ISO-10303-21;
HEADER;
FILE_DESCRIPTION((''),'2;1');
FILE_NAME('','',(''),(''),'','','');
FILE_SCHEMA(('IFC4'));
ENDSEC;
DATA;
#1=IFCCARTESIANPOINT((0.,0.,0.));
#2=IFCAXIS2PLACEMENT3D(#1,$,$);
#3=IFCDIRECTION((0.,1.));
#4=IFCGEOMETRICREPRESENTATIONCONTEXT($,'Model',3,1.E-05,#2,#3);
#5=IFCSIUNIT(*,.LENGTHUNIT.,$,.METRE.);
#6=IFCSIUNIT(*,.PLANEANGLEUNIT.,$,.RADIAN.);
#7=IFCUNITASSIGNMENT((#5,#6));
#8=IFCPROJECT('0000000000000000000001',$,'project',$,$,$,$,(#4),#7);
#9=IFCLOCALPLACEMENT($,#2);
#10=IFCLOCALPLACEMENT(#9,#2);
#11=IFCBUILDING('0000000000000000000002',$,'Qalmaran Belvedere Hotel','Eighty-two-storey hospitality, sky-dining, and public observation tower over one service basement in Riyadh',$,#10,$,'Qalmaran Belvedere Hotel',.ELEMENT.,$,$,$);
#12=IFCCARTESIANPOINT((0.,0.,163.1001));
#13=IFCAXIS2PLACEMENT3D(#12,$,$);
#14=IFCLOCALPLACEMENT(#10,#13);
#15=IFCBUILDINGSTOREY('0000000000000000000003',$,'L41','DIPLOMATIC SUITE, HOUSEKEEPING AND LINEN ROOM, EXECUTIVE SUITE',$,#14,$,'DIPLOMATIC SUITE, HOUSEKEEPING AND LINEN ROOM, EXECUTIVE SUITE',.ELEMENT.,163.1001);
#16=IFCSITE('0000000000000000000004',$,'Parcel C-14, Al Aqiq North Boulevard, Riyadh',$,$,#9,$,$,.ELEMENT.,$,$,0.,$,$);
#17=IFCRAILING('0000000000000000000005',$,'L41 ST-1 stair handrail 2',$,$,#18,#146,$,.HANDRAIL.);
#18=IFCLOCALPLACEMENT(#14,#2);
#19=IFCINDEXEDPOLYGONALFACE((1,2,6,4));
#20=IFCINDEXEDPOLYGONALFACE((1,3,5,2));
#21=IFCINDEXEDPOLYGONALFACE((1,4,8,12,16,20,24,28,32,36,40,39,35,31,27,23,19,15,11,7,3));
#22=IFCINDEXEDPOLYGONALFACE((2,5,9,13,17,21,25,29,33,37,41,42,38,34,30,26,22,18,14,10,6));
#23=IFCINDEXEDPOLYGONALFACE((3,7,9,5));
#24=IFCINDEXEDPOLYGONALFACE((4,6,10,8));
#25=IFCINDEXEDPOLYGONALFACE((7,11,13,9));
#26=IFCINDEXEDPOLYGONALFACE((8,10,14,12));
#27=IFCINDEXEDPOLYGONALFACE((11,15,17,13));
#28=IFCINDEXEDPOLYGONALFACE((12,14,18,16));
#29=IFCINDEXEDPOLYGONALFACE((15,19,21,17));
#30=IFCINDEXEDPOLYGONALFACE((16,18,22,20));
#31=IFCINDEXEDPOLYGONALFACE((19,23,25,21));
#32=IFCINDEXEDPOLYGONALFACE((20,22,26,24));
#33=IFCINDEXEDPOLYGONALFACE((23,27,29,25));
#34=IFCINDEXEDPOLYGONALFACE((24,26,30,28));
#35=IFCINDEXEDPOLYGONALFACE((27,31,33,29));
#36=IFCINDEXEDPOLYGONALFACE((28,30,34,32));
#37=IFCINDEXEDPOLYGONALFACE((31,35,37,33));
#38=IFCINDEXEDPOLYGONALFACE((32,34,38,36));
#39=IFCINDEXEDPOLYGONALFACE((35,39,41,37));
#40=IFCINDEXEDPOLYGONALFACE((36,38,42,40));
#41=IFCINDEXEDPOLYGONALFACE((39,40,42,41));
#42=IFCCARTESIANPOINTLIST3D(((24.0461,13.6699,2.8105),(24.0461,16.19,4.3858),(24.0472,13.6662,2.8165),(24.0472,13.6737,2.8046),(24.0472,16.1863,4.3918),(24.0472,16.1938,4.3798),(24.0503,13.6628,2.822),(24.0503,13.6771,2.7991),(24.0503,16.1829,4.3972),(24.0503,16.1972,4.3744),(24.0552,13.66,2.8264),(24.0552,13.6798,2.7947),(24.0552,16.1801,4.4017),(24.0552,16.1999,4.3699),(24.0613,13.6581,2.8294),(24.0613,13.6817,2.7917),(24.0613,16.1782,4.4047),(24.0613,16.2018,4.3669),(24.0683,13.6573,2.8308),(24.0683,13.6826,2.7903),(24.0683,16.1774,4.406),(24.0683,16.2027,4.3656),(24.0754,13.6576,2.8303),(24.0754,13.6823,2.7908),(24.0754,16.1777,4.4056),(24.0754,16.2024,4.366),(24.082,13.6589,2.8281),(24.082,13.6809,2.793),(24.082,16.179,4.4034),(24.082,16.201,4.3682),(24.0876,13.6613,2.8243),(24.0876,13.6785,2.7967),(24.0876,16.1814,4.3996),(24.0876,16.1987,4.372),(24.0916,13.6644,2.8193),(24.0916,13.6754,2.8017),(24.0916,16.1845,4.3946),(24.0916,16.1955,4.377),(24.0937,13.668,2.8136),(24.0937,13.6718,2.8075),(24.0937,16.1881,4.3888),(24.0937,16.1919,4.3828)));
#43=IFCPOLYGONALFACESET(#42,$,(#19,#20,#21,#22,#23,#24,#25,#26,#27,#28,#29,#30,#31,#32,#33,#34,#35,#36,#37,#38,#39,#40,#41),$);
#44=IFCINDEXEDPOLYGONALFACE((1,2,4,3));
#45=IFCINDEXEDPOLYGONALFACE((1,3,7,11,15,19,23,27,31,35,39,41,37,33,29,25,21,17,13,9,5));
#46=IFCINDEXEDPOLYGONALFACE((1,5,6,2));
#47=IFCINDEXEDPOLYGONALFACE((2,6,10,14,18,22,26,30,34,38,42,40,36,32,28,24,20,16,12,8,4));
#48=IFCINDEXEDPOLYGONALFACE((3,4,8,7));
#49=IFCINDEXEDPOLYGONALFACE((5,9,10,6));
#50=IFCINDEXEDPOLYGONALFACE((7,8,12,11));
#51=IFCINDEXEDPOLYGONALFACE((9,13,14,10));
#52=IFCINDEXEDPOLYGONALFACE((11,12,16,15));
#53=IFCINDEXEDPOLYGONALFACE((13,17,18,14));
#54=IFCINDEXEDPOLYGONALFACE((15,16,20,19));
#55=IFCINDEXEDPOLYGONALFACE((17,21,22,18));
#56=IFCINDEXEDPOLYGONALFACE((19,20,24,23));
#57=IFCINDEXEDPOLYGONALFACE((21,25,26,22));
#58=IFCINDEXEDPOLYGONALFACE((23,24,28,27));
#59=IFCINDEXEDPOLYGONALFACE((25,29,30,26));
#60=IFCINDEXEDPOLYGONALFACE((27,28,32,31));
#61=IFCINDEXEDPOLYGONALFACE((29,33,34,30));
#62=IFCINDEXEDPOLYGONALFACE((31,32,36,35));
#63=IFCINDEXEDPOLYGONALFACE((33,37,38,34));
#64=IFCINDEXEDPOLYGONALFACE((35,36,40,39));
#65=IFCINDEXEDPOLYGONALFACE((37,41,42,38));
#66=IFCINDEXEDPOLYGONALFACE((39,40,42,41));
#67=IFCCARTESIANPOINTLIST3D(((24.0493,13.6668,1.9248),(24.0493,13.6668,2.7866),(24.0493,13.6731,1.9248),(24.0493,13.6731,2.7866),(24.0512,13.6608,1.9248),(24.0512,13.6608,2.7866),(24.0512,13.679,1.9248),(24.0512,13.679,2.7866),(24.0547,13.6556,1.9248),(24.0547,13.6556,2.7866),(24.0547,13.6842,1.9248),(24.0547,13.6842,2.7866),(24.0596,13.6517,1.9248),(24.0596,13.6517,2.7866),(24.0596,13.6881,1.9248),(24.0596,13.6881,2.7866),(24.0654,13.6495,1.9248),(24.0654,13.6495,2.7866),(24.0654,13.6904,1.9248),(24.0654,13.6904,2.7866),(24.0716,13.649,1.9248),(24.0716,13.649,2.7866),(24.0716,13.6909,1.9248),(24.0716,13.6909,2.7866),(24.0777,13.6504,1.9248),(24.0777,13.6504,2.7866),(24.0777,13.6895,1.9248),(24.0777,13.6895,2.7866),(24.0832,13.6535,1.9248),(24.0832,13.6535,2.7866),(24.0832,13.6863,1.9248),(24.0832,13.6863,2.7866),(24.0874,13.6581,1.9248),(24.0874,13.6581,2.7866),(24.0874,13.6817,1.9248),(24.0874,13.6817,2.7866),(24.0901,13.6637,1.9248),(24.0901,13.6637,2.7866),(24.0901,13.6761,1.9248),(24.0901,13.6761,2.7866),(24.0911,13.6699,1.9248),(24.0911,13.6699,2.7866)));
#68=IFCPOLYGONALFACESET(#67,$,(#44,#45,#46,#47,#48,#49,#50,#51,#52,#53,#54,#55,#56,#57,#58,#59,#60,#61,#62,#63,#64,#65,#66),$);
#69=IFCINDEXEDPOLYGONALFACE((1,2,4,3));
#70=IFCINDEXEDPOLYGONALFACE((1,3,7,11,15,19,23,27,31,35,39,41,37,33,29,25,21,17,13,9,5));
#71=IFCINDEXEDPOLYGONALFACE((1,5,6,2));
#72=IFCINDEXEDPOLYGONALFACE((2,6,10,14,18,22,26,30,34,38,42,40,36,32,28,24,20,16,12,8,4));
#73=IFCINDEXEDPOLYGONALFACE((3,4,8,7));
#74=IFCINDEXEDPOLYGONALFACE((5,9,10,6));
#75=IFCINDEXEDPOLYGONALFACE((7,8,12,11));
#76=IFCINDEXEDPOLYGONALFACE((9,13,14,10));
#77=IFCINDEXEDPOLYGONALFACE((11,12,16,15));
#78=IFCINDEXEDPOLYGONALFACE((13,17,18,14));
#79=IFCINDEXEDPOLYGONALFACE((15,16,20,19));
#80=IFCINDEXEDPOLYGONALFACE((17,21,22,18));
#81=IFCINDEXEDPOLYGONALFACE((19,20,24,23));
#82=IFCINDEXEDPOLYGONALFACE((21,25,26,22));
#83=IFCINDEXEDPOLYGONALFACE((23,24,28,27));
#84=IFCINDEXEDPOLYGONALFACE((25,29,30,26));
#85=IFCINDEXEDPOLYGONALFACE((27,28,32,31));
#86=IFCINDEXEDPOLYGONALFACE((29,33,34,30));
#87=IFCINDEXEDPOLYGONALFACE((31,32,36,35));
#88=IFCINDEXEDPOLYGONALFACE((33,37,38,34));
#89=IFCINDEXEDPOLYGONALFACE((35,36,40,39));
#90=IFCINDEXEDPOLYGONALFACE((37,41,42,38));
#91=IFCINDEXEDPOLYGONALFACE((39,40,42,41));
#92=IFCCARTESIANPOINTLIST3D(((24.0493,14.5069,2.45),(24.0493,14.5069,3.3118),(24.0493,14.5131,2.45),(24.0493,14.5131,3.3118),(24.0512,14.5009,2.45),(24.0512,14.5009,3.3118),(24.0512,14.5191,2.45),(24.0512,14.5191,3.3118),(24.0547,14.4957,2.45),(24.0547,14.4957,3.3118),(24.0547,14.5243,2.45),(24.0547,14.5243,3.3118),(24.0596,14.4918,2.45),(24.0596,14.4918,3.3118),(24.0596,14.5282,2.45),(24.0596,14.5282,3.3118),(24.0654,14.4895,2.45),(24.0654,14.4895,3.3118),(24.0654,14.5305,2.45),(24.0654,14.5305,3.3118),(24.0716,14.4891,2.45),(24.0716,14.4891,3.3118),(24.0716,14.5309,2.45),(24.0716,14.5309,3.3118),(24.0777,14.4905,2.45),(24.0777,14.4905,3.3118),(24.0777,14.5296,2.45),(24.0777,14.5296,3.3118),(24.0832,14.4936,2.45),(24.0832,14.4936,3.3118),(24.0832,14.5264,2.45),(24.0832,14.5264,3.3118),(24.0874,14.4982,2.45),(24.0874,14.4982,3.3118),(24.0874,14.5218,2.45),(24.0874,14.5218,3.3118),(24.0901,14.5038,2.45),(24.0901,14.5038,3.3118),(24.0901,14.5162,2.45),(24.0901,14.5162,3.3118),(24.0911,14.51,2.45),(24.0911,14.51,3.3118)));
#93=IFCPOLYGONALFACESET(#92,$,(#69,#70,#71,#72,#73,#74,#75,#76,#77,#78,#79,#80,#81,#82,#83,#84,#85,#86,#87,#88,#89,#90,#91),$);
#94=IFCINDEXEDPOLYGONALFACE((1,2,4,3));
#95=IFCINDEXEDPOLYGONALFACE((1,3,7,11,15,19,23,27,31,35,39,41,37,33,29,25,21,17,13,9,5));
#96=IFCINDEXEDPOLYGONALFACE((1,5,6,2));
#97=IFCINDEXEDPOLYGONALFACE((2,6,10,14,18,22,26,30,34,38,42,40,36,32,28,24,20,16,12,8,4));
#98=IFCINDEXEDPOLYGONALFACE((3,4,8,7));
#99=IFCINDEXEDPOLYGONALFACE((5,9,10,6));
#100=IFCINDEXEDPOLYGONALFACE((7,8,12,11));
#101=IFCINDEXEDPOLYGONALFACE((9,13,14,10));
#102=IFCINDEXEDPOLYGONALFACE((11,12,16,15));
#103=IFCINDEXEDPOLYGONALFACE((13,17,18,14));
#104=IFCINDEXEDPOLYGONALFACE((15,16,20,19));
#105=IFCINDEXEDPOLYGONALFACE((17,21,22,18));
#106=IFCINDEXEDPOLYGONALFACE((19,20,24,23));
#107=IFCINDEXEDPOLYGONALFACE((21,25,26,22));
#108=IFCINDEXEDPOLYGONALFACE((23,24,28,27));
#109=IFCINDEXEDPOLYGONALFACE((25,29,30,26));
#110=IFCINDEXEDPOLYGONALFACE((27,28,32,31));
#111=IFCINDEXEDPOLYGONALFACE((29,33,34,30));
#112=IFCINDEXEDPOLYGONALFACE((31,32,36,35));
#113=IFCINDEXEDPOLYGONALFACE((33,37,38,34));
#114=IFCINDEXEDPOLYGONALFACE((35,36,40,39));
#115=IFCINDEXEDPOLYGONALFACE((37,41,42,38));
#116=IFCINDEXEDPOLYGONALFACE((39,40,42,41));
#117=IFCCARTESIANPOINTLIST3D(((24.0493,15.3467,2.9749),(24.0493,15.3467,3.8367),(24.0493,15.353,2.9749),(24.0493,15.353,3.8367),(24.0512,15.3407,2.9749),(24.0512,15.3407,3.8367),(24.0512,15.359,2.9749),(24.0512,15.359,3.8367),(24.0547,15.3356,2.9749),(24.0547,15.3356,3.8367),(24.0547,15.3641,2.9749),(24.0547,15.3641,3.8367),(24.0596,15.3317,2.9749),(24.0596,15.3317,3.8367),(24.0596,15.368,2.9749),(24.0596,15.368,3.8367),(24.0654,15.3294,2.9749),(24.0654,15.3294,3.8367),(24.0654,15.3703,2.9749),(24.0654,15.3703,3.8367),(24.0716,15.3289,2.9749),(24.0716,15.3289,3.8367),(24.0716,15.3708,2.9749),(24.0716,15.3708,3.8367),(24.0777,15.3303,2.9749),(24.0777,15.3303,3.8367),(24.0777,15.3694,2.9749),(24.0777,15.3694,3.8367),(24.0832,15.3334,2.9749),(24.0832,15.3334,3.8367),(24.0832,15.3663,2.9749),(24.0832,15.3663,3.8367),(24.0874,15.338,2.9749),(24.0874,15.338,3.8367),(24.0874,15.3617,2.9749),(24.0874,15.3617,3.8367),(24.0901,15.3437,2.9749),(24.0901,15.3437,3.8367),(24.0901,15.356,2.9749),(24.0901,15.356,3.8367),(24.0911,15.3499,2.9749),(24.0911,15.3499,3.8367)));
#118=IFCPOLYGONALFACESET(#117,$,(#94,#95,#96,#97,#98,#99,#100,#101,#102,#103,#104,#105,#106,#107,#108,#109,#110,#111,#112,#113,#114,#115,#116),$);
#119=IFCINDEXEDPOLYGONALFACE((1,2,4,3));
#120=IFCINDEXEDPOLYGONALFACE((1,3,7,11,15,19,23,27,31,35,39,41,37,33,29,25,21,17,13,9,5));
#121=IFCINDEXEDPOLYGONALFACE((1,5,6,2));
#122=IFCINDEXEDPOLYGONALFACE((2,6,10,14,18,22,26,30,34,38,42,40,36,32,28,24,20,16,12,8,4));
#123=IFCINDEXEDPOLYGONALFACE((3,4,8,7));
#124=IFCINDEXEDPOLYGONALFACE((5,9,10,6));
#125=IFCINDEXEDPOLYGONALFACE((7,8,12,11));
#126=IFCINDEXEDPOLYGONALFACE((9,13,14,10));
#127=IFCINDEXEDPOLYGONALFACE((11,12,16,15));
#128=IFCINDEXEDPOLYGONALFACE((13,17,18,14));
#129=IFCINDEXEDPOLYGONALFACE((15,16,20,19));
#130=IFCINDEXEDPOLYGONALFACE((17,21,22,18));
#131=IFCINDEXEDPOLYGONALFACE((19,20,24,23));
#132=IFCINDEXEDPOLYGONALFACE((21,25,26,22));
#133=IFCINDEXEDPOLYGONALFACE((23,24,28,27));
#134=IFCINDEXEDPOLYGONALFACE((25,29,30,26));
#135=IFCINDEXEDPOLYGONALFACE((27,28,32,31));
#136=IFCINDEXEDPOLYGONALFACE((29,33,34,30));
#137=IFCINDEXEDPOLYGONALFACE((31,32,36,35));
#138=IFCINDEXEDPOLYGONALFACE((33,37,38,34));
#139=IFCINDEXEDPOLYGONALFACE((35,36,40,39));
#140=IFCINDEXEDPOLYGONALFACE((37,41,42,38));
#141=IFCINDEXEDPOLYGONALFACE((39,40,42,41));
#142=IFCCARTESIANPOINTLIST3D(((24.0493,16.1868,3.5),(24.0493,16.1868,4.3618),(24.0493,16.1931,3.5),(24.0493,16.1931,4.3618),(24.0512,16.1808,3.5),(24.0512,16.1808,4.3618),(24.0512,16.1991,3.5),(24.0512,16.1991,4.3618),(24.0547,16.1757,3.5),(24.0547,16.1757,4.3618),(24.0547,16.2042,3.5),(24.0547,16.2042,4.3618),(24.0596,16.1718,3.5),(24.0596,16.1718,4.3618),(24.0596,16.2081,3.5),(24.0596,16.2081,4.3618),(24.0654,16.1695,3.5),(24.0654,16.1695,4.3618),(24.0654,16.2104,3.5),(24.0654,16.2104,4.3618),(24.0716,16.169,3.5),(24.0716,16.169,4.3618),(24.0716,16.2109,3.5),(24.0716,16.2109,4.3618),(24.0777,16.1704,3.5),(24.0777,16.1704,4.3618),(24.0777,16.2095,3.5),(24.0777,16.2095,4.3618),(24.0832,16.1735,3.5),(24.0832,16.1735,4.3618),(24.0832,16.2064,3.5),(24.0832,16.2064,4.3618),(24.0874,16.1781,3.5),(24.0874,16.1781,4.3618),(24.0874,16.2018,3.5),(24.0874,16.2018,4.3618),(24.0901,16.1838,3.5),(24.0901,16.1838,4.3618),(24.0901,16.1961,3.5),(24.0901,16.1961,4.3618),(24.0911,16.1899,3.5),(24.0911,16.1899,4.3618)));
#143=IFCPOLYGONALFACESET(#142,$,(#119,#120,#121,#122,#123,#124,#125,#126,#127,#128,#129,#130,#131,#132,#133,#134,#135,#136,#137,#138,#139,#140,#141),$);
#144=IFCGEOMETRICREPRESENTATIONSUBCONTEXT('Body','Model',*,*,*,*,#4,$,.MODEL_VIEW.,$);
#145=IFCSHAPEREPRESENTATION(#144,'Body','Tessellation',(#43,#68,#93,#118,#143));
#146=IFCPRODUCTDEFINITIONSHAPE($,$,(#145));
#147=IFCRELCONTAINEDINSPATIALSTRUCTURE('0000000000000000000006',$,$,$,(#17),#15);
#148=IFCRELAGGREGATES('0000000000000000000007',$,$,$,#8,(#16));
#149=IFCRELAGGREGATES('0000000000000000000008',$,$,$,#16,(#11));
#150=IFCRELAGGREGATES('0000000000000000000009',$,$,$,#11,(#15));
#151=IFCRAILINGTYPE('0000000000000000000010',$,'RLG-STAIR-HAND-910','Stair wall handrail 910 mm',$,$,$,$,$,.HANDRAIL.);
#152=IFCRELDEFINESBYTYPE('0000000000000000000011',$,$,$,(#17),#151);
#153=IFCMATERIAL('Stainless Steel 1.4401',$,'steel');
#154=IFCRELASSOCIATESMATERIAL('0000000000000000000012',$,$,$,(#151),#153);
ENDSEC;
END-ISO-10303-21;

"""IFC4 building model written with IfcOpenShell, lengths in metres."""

from ifc_helpers import new_model, si_unit, direction, frame, origin, origin_2d, place, context, subcontext, project, spatial, circle, extrude, material, type_object, element, save


model = new_model("IFC4")

# Units and contexts
model_context = context("Model", 3, precision=1e-05, world=origin(), true_north=direction((0.0, 1.0)))
body_context = subcontext(model_context, "Body", "Model", "MODEL_VIEW")
ifc_project = project(units=[si_unit("LENGTHUNIT", "METRE"), si_unit("PLANEANGLEUNIT", "RADIAN")], contexts=[model_context])

# Site, building, storey
site_placement = place(None, origin())
site = spatial("IfcSite", under=ifc_project, at=site_placement, Name="Parcel C-14, Al Aqiq North Boulevard, Riyadh", CompositionType="ELEMENT", RefElevation=0.0)
building_placement = place(site_placement, origin())
building = spatial("IfcBuilding", under=site, at=building_placement, Name="Qalmaran Belvedere Hotel", Description="Eighty-two-storey hospitality, sky-dining, and public observation tower over one service basement in Riyadh", LongName="Qalmaran Belvedere Hotel", CompositionType="ELEMENT")
storey_placement = place(building_placement, frame((0.0, 0.0, 163.1001)))
storey = spatial("IfcBuildingStorey", under=building, at=storey_placement, Name="L41", Description="DIPLOMATIC SUITE, HOUSEKEEPING AND LINEN ROOM, EXECUTIVE SUITE", LongName="DIPLOMATIC SUITE, HOUSEKEEPING AND LINEN ROOM, EXECUTIVE SUITE", CompositionType="ELEMENT", Elevation=163.1001)

# Railing
ifc_material_1 = material(Name="Stainless Steel 1.4401", Category="steel")
railing_type_1 = type_object("IfcRailingType", Name="RLG-STAIR-HAND-910", Description="Stair wall handrail 910 mm", PredefinedType="HANDRAIL", material=ifc_material_1)
railing_1_placement = place(storey_placement, frame((24.0701, 13.6699, 1.9248)))
element("IfcRailing", 1, at=railing_1_placement, inside=storey, type_object=railing_type_1, Name="L41 ST-1 stair handrail 2", PredefinedType="HANDRAIL", context=body_context, shape_type="SweptSolid", body=[
    extrude(circle(Radius=0.0239, at=origin_2d()), frame((0.0, 0.0, 0.8857), z_axis=(0.0, 0.847971, 0.530043), x_axis=(-1.0, 0.0, 0.0)), (0.0, 0.0, 1.0), 2.9719),
    extrude(circle(Radius=0.021, at=origin_2d()), origin(), (0.0, 0.0, 1.0), 0.8618),
    extrude(circle(Radius=0.021, at=origin_2d()), frame((0.0, 0.8401, 0.5251)), (0.0, 0.0, 1.0), 0.8618),
    extrude(circle(Radius=0.021, at=origin_2d()), frame((0.0, 1.6799, 1.05)), (0.0, 0.0, 1.0), 0.8618),
    extrude(circle(Radius=0.021, at=origin_2d()), frame((0.0, 2.52, 1.5752)), (0.0, 0.0, 1.0), 0.8618),
])

save(model, "model.ifc")
